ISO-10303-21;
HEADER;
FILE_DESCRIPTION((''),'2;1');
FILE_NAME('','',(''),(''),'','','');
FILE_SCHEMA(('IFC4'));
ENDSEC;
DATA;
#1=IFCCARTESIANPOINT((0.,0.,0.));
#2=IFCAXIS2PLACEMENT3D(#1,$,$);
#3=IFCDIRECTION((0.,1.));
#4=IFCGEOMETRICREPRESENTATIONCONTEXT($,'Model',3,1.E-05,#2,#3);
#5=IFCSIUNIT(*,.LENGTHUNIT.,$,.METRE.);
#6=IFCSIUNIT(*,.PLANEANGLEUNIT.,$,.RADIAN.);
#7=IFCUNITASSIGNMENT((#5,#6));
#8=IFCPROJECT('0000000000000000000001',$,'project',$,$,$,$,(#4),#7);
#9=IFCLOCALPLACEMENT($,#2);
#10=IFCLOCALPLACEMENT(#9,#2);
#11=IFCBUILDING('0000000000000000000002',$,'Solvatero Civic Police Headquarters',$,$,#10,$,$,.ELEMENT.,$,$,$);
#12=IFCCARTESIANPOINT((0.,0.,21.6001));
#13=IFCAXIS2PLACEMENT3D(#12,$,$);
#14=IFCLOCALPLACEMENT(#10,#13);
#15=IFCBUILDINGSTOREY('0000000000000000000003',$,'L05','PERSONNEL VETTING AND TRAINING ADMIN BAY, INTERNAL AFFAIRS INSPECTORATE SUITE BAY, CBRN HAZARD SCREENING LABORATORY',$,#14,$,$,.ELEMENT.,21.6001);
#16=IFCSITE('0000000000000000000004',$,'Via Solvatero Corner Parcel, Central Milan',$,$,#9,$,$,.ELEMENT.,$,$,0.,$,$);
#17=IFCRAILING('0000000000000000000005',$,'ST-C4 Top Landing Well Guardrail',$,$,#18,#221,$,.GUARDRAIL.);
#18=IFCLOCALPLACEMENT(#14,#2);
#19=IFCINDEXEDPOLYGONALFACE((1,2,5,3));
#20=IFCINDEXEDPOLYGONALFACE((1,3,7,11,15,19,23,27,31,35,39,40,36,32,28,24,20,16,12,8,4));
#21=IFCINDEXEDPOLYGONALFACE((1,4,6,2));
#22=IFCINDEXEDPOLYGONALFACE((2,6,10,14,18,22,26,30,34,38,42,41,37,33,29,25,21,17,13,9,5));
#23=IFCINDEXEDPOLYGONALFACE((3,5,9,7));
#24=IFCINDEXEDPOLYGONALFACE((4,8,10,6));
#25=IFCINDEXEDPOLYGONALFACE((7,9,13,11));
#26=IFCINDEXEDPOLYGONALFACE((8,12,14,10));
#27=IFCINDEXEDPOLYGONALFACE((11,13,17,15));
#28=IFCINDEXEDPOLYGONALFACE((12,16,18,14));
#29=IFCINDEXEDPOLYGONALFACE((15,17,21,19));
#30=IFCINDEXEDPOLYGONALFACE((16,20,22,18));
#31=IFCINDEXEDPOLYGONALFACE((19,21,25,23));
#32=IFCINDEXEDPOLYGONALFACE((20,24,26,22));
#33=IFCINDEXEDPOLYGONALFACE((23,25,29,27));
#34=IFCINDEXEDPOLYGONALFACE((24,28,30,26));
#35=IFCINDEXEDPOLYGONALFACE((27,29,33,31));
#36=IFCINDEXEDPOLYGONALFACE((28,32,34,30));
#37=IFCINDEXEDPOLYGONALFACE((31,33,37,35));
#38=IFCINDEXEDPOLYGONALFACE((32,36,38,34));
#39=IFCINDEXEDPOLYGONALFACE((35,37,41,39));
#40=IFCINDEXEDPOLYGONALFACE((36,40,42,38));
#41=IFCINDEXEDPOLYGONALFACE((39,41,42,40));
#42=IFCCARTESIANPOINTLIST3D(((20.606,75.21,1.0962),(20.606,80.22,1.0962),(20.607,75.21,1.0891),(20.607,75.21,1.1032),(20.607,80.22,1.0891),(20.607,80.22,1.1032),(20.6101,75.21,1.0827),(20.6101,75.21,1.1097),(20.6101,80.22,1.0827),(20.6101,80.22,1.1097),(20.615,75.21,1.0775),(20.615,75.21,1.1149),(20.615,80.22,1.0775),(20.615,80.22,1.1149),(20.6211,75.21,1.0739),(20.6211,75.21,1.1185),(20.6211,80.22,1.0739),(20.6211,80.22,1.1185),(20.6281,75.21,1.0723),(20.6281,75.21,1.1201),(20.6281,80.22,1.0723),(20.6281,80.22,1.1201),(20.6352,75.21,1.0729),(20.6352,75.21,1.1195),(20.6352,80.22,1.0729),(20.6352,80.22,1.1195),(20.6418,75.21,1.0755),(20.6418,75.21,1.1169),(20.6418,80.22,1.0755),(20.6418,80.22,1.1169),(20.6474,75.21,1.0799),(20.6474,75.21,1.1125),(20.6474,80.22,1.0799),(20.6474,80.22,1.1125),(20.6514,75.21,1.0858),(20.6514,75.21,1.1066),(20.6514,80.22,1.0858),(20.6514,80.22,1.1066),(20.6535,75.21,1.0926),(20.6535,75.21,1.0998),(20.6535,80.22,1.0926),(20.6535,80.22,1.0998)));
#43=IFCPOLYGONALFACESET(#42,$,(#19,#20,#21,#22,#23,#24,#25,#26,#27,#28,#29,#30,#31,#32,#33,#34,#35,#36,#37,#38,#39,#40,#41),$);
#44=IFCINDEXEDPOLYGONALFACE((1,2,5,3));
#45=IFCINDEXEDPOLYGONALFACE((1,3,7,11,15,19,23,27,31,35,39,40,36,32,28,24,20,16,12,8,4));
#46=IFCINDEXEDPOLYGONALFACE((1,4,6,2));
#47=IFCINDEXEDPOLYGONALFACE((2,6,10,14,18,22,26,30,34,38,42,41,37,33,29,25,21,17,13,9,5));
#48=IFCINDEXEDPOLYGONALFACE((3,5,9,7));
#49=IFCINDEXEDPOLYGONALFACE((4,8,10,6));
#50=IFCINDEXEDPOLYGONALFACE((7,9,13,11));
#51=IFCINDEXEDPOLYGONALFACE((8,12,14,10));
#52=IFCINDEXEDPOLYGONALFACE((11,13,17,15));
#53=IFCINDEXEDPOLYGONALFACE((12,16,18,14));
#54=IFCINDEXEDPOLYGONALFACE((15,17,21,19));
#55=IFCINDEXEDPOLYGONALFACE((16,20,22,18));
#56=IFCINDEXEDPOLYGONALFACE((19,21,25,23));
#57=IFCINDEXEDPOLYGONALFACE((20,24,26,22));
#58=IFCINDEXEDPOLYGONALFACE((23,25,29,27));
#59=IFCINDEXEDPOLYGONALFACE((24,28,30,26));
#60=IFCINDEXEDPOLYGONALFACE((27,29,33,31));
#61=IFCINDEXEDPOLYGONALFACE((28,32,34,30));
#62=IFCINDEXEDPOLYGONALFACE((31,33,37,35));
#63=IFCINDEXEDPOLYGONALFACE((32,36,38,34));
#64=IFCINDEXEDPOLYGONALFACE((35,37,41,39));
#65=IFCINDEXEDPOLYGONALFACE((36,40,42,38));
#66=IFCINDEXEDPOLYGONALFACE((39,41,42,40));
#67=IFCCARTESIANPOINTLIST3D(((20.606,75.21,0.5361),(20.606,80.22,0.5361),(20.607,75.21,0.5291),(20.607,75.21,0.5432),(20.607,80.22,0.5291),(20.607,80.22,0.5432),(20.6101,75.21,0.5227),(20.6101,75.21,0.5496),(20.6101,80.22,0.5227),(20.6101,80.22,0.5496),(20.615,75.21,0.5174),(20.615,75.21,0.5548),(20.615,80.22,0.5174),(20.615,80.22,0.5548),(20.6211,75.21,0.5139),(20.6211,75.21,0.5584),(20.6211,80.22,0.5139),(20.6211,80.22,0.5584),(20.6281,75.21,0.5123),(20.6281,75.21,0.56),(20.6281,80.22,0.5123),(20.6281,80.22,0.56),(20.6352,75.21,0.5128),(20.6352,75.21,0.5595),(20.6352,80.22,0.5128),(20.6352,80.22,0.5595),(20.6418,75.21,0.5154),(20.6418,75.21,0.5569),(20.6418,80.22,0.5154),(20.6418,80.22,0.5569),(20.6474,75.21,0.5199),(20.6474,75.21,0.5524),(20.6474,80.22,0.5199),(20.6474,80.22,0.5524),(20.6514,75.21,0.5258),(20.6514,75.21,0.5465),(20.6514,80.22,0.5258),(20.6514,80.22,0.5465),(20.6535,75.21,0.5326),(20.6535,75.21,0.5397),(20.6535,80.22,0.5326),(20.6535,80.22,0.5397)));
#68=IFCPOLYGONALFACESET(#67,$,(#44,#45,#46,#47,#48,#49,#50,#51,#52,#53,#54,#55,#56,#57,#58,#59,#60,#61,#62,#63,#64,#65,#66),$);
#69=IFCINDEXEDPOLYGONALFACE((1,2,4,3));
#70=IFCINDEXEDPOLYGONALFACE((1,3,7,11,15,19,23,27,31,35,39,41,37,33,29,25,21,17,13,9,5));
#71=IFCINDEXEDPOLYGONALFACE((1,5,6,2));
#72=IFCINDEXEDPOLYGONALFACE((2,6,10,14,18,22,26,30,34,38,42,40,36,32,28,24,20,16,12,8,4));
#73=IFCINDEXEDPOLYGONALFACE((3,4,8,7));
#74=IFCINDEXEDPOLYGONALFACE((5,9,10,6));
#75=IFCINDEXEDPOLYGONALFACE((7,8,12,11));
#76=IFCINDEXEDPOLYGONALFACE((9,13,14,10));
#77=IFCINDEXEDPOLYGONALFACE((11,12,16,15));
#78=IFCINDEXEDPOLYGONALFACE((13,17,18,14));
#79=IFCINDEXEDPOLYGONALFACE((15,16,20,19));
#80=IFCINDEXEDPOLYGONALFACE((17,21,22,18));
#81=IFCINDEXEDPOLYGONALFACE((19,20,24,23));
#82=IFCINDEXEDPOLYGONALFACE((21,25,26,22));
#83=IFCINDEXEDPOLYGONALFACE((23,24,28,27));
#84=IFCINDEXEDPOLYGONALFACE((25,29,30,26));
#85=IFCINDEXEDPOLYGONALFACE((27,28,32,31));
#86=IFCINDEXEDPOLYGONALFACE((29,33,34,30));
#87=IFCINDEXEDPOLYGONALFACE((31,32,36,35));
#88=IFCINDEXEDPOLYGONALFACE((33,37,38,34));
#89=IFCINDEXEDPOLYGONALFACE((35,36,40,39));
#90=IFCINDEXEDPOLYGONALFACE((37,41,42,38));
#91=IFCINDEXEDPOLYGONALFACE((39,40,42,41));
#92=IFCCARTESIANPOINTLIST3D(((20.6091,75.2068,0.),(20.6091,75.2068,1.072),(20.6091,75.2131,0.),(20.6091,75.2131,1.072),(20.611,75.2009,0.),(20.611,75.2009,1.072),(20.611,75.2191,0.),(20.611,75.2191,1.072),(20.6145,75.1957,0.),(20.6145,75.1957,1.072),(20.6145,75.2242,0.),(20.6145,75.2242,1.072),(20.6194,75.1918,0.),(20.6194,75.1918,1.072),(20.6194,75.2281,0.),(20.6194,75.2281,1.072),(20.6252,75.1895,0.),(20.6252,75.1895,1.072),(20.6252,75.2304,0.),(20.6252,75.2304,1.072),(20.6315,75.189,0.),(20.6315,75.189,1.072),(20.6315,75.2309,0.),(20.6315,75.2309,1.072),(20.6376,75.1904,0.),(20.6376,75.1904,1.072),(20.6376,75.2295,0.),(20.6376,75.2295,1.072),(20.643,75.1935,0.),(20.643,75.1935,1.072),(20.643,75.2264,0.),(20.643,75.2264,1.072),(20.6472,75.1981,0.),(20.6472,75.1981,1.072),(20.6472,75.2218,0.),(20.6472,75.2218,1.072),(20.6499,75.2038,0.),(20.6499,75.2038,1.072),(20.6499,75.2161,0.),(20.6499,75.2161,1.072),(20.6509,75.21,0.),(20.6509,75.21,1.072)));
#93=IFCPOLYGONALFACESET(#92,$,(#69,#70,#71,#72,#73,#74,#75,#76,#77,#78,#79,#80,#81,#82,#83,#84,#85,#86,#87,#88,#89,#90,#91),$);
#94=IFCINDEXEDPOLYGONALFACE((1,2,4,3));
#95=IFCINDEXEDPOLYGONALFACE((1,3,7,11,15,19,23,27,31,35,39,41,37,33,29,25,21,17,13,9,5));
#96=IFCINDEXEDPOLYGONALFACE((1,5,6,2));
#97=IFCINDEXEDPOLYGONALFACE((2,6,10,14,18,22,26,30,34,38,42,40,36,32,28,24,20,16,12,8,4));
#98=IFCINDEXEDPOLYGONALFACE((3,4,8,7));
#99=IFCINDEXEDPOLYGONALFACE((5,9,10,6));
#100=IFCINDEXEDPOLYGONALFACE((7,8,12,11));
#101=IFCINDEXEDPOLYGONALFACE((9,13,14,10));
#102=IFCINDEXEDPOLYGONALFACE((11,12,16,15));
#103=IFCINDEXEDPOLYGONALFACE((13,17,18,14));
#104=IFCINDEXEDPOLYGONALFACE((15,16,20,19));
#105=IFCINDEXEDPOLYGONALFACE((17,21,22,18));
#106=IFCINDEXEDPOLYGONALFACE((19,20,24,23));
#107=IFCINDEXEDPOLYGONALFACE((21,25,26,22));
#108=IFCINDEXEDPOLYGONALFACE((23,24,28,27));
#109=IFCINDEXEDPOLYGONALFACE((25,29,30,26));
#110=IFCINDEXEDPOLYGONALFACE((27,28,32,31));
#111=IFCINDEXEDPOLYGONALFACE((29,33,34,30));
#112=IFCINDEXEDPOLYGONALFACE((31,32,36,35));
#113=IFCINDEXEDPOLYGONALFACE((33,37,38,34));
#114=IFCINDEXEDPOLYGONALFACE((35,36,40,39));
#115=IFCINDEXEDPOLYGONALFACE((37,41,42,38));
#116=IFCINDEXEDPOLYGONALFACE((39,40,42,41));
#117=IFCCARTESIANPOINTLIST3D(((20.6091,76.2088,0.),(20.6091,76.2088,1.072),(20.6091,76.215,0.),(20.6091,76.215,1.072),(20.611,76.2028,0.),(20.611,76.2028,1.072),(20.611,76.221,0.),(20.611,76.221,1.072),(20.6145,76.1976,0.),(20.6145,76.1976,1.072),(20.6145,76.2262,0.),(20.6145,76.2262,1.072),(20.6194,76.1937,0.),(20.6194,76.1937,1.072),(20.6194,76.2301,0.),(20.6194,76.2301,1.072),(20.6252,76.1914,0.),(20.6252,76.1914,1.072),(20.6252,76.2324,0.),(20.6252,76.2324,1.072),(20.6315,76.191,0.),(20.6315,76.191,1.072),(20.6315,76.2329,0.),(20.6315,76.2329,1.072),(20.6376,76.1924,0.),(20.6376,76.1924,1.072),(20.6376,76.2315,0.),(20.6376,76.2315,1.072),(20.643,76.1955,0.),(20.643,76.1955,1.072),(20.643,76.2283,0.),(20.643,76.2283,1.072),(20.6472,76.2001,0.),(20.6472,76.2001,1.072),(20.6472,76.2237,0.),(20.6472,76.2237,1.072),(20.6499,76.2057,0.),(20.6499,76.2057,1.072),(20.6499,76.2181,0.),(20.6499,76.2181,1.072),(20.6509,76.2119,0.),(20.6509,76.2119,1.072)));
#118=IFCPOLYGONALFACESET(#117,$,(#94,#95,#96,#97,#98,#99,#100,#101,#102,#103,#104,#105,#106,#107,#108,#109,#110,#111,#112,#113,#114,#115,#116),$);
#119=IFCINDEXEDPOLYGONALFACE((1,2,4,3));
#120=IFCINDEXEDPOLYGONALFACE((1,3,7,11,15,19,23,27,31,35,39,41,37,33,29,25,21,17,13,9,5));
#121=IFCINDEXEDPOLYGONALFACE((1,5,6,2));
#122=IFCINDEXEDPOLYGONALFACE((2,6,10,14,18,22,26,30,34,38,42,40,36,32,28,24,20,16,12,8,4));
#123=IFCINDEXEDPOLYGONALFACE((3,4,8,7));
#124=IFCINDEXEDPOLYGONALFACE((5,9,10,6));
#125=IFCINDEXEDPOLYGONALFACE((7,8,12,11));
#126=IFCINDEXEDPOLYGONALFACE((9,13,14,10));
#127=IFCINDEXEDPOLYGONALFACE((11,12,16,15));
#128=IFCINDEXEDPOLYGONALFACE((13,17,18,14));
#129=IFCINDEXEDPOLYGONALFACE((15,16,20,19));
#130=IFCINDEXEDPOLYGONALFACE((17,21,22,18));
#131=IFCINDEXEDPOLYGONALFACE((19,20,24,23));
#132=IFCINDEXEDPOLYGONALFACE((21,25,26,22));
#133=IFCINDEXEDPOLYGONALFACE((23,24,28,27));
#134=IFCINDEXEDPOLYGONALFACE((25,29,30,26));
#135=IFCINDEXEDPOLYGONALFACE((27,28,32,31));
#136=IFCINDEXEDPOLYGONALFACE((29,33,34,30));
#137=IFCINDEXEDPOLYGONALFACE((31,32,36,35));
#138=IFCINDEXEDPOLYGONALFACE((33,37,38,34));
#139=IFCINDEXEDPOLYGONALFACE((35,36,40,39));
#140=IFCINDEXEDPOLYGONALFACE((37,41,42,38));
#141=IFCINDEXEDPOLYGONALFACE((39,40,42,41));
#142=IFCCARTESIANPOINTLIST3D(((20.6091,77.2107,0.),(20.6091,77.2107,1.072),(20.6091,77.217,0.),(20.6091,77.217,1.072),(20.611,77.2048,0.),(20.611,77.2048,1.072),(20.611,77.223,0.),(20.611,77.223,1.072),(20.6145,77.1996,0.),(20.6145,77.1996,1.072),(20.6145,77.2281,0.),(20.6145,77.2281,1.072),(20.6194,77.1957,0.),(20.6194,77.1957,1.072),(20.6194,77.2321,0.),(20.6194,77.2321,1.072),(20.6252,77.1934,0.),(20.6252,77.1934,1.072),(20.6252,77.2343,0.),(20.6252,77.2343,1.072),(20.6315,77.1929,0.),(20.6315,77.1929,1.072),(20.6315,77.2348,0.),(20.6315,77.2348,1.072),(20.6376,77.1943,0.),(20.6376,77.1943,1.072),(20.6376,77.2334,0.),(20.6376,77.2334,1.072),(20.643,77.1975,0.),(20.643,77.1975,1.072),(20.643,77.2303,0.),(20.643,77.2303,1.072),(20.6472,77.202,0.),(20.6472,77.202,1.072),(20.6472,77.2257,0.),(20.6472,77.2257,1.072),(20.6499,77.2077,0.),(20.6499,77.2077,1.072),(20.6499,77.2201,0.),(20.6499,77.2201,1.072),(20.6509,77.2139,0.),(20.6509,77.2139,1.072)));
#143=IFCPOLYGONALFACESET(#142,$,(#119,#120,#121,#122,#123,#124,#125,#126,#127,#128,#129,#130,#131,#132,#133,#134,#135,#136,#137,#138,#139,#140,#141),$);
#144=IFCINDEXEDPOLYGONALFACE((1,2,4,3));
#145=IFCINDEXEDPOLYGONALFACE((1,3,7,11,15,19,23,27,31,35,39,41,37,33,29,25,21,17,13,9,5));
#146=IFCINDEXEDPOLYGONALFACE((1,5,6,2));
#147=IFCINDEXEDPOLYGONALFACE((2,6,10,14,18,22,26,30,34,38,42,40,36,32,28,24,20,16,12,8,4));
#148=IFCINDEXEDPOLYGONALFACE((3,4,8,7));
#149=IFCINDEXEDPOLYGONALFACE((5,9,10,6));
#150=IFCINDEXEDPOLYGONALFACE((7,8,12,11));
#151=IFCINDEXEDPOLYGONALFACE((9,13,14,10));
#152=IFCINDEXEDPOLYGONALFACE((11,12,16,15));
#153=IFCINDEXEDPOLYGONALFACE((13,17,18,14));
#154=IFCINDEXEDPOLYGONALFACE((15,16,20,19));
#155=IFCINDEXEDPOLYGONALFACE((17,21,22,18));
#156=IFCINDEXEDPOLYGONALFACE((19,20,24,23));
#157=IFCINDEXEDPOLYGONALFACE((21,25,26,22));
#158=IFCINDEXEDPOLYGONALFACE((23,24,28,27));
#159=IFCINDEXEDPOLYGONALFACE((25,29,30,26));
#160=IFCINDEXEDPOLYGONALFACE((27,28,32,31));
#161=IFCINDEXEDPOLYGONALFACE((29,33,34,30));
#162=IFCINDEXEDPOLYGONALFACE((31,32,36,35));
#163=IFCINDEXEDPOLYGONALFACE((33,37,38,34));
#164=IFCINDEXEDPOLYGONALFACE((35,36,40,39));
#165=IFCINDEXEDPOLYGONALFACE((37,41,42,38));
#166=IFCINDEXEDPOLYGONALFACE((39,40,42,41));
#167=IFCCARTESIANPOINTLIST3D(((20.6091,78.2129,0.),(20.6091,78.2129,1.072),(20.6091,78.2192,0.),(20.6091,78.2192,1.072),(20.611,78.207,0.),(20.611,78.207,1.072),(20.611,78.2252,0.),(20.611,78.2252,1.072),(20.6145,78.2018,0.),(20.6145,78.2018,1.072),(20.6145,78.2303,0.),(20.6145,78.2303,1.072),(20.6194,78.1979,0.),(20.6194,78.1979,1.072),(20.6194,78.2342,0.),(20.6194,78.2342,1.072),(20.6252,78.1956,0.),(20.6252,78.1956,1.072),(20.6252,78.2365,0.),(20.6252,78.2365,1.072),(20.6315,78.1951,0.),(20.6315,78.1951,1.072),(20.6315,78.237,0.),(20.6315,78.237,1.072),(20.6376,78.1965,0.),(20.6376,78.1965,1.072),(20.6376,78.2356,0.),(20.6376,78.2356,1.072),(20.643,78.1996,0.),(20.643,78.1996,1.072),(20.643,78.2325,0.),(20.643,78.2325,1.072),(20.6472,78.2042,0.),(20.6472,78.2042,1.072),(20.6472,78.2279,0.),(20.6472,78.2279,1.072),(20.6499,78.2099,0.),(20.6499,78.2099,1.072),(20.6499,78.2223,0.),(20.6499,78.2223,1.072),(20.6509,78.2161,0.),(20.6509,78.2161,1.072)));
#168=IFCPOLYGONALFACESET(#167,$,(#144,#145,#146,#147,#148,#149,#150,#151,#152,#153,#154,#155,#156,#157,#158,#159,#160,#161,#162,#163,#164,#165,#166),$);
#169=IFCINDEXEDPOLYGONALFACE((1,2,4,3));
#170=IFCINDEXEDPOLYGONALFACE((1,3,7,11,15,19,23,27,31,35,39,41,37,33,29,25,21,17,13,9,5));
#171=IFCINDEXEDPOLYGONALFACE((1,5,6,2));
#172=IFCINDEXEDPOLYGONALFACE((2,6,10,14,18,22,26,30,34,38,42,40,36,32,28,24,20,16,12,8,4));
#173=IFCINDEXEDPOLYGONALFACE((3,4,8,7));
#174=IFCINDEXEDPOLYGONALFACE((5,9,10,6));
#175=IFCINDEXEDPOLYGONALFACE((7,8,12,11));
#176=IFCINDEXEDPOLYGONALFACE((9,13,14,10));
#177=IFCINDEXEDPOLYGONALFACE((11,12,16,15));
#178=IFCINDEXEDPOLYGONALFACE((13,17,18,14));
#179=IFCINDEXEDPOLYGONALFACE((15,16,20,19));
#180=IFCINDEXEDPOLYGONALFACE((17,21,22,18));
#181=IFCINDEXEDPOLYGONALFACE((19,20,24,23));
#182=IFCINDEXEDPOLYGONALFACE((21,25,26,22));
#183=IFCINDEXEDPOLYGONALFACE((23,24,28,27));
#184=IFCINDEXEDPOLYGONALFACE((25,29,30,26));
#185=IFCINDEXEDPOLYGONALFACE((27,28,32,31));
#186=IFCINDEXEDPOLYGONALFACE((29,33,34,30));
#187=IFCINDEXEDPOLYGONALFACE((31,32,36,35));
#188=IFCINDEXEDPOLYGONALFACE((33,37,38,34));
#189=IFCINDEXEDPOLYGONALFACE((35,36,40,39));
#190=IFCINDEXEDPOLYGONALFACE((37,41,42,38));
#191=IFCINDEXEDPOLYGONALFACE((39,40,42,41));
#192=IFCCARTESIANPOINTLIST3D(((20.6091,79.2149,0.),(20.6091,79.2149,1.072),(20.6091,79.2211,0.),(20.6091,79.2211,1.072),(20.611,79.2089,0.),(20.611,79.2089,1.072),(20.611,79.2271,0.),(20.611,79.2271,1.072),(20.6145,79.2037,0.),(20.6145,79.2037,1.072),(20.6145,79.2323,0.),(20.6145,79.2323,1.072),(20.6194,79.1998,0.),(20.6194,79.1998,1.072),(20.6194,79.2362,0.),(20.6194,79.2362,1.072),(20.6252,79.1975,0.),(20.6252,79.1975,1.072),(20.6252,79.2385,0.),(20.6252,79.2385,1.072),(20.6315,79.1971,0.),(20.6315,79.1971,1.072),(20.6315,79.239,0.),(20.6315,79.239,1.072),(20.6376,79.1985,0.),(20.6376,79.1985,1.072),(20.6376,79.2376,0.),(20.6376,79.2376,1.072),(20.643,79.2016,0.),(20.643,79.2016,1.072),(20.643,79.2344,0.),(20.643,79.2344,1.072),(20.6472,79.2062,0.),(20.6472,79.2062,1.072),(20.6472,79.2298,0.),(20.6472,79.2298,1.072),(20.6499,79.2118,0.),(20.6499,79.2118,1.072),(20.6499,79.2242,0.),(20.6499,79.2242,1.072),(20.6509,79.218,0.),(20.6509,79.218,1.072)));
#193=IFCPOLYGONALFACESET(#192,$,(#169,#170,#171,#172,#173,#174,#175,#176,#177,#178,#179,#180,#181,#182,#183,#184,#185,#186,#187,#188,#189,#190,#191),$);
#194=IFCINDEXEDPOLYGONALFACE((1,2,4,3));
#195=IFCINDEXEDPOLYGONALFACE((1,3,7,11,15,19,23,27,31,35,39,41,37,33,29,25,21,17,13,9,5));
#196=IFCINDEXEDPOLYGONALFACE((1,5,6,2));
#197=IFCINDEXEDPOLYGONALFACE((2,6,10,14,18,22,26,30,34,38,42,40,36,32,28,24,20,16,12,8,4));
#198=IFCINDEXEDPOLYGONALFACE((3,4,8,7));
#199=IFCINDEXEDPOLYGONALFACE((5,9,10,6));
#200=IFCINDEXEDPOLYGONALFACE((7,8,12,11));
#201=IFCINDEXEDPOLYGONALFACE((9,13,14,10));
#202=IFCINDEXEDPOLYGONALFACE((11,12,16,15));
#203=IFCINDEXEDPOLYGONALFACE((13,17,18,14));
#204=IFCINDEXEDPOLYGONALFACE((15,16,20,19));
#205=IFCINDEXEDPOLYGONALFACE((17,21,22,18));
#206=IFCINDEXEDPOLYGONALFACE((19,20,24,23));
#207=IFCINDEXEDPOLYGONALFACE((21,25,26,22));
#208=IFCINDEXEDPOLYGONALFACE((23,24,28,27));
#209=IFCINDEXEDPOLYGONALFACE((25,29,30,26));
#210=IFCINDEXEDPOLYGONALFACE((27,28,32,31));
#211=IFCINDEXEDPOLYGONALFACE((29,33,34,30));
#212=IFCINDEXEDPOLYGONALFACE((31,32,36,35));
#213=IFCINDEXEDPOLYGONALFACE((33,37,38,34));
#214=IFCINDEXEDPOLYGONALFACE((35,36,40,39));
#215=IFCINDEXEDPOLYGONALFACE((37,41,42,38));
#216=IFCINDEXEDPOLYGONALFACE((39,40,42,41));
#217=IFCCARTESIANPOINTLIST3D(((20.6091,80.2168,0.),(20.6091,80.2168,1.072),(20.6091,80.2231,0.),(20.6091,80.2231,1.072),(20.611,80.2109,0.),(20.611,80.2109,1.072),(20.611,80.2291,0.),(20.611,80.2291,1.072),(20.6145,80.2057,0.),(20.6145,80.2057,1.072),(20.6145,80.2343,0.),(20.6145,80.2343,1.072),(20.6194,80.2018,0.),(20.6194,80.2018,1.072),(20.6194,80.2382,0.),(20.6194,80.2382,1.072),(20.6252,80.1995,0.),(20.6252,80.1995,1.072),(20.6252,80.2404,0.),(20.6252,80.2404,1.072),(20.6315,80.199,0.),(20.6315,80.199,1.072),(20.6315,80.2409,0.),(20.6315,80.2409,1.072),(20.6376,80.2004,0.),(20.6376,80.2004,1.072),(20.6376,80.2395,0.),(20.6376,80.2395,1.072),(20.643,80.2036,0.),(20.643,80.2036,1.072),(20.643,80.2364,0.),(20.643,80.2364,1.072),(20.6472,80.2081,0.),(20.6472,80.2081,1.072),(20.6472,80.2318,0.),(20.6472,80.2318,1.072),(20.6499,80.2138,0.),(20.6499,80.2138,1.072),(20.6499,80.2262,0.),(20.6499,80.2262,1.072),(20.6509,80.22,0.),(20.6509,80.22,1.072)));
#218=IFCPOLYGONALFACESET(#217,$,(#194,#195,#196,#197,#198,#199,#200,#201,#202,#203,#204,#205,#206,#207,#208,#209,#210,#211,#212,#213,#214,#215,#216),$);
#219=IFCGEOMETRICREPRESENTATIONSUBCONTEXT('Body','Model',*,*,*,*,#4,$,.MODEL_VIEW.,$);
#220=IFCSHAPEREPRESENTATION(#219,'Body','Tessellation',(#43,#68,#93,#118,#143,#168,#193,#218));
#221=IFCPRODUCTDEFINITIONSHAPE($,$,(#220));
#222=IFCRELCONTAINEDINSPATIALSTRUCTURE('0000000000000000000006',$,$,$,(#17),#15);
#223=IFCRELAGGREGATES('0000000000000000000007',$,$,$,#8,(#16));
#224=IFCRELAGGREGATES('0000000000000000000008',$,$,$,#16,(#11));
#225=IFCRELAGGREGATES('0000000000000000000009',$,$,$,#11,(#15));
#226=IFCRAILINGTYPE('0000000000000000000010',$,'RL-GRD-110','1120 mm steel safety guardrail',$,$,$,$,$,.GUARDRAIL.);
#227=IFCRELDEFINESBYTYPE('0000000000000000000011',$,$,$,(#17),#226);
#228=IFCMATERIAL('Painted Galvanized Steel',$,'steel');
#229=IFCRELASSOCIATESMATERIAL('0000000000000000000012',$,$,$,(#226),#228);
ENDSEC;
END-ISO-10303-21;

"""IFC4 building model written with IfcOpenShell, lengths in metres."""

from ifc_helpers import new_model, si_unit, direction, frame, origin, origin_2d, place, context, subcontext, project, spatial, circle, extrude, material, type_object, element, save


model = new_model("IFC4")

# Units and contexts
model_context = context("Model", 3, precision=1e-05, world=origin(), true_north=direction((0.0, 1.0)))
body_context = subcontext(model_context, "Body", "Model", "MODEL_VIEW")
ifc_project = project(units=[si_unit("LENGTHUNIT", "METRE"), si_unit("PLANEANGLEUNIT", "RADIAN")], contexts=[model_context])

# Site, building, storey
site_placement = place(None, origin())
site = spatial("IfcSite", under=ifc_project, at=site_placement, Name="Via Solvatero Corner Parcel, Central Milan", CompositionType="ELEMENT", RefElevation=0.0)
building_placement = place(site_placement, origin())
building = spatial("IfcBuilding", under=site, at=building_placement, Name="Solvatero Civic Police Headquarters", CompositionType="ELEMENT")
storey_placement = place(building_placement, frame((0.0, 0.0, 21.6001)))
storey = spatial("IfcBuildingStorey", under=building, at=storey_placement, Name="L05", Description="PERSONNEL VETTING AND TRAINING ADMIN BAY, INTERNAL AFFAIRS INSPECTORATE SUITE BAY, CBRN HAZARD SCREENING LABORATORY", CompositionType="ELEMENT", Elevation=21.6001)

# Railing
ifc_material_1 = material(Name="Painted Galvanized Steel", Category="steel")
railing_type = type_object("IfcRailingType", Name="RL-GRD-110", Description="1120 mm steel safety guardrail", PredefinedType="GUARDRAIL", material=ifc_material_1)
railing_1_placement = place(storey_placement, frame((20.6299, 75.21, 0.0)))
element("IfcRailing", 1, at=railing_1_placement, inside=storey, type_object=railing_type, Name="ST-C4 Top Landing Well Guardrail", PredefinedType="GUARDRAIL", context=body_context, shape_type="SweptSolid", body=[
    extrude(circle(Radius=0.0239, at=origin_2d()), frame((0.0, 0.0, 1.0962), z_axis=(0.0, 1.0, 0.0), x_axis=(-1.0, 0.0, 0.0)), (0.0, 0.0, 1.0), 5.01),
    extrude(circle(Radius=0.0239, at=origin_2d()), frame((0.0, 0.0, 0.5361), z_axis=(0.0, 1.0, 0.0), x_axis=(-1.0, 0.0, 0.0)), (0.0, 0.0, 1.0), 5.01),
    extrude(circle(Radius=0.021, at=origin_2d()), origin(), (0.0, 0.0, 1.0), 1.072),
    extrude(circle(Radius=0.021, at=origin_2d()), frame((0.0, 1.002, 0.0)), (0.0, 0.0, 1.0), 1.072),
    extrude(circle(Radius=0.021, at=origin_2d()), frame((0.0, 2.0039, 0.0)), (0.0, 0.0, 1.0), 1.072),
    extrude(circle(Radius=0.021, at=origin_2d()), frame((0.0, 3.0061, 0.0)), (0.0, 0.0, 1.0), 1.072),
    extrude(circle(Radius=0.021, at=origin_2d()), frame((0.0, 4.0081, 0.0)), (0.0, 0.0, 1.0), 1.072),
    extrude(circle(Radius=0.021, at=origin_2d()), frame((0.0, 5.01, 0.0)), (0.0, 0.0, 1.0), 1.072),
])

save(model, "model.ifc")
